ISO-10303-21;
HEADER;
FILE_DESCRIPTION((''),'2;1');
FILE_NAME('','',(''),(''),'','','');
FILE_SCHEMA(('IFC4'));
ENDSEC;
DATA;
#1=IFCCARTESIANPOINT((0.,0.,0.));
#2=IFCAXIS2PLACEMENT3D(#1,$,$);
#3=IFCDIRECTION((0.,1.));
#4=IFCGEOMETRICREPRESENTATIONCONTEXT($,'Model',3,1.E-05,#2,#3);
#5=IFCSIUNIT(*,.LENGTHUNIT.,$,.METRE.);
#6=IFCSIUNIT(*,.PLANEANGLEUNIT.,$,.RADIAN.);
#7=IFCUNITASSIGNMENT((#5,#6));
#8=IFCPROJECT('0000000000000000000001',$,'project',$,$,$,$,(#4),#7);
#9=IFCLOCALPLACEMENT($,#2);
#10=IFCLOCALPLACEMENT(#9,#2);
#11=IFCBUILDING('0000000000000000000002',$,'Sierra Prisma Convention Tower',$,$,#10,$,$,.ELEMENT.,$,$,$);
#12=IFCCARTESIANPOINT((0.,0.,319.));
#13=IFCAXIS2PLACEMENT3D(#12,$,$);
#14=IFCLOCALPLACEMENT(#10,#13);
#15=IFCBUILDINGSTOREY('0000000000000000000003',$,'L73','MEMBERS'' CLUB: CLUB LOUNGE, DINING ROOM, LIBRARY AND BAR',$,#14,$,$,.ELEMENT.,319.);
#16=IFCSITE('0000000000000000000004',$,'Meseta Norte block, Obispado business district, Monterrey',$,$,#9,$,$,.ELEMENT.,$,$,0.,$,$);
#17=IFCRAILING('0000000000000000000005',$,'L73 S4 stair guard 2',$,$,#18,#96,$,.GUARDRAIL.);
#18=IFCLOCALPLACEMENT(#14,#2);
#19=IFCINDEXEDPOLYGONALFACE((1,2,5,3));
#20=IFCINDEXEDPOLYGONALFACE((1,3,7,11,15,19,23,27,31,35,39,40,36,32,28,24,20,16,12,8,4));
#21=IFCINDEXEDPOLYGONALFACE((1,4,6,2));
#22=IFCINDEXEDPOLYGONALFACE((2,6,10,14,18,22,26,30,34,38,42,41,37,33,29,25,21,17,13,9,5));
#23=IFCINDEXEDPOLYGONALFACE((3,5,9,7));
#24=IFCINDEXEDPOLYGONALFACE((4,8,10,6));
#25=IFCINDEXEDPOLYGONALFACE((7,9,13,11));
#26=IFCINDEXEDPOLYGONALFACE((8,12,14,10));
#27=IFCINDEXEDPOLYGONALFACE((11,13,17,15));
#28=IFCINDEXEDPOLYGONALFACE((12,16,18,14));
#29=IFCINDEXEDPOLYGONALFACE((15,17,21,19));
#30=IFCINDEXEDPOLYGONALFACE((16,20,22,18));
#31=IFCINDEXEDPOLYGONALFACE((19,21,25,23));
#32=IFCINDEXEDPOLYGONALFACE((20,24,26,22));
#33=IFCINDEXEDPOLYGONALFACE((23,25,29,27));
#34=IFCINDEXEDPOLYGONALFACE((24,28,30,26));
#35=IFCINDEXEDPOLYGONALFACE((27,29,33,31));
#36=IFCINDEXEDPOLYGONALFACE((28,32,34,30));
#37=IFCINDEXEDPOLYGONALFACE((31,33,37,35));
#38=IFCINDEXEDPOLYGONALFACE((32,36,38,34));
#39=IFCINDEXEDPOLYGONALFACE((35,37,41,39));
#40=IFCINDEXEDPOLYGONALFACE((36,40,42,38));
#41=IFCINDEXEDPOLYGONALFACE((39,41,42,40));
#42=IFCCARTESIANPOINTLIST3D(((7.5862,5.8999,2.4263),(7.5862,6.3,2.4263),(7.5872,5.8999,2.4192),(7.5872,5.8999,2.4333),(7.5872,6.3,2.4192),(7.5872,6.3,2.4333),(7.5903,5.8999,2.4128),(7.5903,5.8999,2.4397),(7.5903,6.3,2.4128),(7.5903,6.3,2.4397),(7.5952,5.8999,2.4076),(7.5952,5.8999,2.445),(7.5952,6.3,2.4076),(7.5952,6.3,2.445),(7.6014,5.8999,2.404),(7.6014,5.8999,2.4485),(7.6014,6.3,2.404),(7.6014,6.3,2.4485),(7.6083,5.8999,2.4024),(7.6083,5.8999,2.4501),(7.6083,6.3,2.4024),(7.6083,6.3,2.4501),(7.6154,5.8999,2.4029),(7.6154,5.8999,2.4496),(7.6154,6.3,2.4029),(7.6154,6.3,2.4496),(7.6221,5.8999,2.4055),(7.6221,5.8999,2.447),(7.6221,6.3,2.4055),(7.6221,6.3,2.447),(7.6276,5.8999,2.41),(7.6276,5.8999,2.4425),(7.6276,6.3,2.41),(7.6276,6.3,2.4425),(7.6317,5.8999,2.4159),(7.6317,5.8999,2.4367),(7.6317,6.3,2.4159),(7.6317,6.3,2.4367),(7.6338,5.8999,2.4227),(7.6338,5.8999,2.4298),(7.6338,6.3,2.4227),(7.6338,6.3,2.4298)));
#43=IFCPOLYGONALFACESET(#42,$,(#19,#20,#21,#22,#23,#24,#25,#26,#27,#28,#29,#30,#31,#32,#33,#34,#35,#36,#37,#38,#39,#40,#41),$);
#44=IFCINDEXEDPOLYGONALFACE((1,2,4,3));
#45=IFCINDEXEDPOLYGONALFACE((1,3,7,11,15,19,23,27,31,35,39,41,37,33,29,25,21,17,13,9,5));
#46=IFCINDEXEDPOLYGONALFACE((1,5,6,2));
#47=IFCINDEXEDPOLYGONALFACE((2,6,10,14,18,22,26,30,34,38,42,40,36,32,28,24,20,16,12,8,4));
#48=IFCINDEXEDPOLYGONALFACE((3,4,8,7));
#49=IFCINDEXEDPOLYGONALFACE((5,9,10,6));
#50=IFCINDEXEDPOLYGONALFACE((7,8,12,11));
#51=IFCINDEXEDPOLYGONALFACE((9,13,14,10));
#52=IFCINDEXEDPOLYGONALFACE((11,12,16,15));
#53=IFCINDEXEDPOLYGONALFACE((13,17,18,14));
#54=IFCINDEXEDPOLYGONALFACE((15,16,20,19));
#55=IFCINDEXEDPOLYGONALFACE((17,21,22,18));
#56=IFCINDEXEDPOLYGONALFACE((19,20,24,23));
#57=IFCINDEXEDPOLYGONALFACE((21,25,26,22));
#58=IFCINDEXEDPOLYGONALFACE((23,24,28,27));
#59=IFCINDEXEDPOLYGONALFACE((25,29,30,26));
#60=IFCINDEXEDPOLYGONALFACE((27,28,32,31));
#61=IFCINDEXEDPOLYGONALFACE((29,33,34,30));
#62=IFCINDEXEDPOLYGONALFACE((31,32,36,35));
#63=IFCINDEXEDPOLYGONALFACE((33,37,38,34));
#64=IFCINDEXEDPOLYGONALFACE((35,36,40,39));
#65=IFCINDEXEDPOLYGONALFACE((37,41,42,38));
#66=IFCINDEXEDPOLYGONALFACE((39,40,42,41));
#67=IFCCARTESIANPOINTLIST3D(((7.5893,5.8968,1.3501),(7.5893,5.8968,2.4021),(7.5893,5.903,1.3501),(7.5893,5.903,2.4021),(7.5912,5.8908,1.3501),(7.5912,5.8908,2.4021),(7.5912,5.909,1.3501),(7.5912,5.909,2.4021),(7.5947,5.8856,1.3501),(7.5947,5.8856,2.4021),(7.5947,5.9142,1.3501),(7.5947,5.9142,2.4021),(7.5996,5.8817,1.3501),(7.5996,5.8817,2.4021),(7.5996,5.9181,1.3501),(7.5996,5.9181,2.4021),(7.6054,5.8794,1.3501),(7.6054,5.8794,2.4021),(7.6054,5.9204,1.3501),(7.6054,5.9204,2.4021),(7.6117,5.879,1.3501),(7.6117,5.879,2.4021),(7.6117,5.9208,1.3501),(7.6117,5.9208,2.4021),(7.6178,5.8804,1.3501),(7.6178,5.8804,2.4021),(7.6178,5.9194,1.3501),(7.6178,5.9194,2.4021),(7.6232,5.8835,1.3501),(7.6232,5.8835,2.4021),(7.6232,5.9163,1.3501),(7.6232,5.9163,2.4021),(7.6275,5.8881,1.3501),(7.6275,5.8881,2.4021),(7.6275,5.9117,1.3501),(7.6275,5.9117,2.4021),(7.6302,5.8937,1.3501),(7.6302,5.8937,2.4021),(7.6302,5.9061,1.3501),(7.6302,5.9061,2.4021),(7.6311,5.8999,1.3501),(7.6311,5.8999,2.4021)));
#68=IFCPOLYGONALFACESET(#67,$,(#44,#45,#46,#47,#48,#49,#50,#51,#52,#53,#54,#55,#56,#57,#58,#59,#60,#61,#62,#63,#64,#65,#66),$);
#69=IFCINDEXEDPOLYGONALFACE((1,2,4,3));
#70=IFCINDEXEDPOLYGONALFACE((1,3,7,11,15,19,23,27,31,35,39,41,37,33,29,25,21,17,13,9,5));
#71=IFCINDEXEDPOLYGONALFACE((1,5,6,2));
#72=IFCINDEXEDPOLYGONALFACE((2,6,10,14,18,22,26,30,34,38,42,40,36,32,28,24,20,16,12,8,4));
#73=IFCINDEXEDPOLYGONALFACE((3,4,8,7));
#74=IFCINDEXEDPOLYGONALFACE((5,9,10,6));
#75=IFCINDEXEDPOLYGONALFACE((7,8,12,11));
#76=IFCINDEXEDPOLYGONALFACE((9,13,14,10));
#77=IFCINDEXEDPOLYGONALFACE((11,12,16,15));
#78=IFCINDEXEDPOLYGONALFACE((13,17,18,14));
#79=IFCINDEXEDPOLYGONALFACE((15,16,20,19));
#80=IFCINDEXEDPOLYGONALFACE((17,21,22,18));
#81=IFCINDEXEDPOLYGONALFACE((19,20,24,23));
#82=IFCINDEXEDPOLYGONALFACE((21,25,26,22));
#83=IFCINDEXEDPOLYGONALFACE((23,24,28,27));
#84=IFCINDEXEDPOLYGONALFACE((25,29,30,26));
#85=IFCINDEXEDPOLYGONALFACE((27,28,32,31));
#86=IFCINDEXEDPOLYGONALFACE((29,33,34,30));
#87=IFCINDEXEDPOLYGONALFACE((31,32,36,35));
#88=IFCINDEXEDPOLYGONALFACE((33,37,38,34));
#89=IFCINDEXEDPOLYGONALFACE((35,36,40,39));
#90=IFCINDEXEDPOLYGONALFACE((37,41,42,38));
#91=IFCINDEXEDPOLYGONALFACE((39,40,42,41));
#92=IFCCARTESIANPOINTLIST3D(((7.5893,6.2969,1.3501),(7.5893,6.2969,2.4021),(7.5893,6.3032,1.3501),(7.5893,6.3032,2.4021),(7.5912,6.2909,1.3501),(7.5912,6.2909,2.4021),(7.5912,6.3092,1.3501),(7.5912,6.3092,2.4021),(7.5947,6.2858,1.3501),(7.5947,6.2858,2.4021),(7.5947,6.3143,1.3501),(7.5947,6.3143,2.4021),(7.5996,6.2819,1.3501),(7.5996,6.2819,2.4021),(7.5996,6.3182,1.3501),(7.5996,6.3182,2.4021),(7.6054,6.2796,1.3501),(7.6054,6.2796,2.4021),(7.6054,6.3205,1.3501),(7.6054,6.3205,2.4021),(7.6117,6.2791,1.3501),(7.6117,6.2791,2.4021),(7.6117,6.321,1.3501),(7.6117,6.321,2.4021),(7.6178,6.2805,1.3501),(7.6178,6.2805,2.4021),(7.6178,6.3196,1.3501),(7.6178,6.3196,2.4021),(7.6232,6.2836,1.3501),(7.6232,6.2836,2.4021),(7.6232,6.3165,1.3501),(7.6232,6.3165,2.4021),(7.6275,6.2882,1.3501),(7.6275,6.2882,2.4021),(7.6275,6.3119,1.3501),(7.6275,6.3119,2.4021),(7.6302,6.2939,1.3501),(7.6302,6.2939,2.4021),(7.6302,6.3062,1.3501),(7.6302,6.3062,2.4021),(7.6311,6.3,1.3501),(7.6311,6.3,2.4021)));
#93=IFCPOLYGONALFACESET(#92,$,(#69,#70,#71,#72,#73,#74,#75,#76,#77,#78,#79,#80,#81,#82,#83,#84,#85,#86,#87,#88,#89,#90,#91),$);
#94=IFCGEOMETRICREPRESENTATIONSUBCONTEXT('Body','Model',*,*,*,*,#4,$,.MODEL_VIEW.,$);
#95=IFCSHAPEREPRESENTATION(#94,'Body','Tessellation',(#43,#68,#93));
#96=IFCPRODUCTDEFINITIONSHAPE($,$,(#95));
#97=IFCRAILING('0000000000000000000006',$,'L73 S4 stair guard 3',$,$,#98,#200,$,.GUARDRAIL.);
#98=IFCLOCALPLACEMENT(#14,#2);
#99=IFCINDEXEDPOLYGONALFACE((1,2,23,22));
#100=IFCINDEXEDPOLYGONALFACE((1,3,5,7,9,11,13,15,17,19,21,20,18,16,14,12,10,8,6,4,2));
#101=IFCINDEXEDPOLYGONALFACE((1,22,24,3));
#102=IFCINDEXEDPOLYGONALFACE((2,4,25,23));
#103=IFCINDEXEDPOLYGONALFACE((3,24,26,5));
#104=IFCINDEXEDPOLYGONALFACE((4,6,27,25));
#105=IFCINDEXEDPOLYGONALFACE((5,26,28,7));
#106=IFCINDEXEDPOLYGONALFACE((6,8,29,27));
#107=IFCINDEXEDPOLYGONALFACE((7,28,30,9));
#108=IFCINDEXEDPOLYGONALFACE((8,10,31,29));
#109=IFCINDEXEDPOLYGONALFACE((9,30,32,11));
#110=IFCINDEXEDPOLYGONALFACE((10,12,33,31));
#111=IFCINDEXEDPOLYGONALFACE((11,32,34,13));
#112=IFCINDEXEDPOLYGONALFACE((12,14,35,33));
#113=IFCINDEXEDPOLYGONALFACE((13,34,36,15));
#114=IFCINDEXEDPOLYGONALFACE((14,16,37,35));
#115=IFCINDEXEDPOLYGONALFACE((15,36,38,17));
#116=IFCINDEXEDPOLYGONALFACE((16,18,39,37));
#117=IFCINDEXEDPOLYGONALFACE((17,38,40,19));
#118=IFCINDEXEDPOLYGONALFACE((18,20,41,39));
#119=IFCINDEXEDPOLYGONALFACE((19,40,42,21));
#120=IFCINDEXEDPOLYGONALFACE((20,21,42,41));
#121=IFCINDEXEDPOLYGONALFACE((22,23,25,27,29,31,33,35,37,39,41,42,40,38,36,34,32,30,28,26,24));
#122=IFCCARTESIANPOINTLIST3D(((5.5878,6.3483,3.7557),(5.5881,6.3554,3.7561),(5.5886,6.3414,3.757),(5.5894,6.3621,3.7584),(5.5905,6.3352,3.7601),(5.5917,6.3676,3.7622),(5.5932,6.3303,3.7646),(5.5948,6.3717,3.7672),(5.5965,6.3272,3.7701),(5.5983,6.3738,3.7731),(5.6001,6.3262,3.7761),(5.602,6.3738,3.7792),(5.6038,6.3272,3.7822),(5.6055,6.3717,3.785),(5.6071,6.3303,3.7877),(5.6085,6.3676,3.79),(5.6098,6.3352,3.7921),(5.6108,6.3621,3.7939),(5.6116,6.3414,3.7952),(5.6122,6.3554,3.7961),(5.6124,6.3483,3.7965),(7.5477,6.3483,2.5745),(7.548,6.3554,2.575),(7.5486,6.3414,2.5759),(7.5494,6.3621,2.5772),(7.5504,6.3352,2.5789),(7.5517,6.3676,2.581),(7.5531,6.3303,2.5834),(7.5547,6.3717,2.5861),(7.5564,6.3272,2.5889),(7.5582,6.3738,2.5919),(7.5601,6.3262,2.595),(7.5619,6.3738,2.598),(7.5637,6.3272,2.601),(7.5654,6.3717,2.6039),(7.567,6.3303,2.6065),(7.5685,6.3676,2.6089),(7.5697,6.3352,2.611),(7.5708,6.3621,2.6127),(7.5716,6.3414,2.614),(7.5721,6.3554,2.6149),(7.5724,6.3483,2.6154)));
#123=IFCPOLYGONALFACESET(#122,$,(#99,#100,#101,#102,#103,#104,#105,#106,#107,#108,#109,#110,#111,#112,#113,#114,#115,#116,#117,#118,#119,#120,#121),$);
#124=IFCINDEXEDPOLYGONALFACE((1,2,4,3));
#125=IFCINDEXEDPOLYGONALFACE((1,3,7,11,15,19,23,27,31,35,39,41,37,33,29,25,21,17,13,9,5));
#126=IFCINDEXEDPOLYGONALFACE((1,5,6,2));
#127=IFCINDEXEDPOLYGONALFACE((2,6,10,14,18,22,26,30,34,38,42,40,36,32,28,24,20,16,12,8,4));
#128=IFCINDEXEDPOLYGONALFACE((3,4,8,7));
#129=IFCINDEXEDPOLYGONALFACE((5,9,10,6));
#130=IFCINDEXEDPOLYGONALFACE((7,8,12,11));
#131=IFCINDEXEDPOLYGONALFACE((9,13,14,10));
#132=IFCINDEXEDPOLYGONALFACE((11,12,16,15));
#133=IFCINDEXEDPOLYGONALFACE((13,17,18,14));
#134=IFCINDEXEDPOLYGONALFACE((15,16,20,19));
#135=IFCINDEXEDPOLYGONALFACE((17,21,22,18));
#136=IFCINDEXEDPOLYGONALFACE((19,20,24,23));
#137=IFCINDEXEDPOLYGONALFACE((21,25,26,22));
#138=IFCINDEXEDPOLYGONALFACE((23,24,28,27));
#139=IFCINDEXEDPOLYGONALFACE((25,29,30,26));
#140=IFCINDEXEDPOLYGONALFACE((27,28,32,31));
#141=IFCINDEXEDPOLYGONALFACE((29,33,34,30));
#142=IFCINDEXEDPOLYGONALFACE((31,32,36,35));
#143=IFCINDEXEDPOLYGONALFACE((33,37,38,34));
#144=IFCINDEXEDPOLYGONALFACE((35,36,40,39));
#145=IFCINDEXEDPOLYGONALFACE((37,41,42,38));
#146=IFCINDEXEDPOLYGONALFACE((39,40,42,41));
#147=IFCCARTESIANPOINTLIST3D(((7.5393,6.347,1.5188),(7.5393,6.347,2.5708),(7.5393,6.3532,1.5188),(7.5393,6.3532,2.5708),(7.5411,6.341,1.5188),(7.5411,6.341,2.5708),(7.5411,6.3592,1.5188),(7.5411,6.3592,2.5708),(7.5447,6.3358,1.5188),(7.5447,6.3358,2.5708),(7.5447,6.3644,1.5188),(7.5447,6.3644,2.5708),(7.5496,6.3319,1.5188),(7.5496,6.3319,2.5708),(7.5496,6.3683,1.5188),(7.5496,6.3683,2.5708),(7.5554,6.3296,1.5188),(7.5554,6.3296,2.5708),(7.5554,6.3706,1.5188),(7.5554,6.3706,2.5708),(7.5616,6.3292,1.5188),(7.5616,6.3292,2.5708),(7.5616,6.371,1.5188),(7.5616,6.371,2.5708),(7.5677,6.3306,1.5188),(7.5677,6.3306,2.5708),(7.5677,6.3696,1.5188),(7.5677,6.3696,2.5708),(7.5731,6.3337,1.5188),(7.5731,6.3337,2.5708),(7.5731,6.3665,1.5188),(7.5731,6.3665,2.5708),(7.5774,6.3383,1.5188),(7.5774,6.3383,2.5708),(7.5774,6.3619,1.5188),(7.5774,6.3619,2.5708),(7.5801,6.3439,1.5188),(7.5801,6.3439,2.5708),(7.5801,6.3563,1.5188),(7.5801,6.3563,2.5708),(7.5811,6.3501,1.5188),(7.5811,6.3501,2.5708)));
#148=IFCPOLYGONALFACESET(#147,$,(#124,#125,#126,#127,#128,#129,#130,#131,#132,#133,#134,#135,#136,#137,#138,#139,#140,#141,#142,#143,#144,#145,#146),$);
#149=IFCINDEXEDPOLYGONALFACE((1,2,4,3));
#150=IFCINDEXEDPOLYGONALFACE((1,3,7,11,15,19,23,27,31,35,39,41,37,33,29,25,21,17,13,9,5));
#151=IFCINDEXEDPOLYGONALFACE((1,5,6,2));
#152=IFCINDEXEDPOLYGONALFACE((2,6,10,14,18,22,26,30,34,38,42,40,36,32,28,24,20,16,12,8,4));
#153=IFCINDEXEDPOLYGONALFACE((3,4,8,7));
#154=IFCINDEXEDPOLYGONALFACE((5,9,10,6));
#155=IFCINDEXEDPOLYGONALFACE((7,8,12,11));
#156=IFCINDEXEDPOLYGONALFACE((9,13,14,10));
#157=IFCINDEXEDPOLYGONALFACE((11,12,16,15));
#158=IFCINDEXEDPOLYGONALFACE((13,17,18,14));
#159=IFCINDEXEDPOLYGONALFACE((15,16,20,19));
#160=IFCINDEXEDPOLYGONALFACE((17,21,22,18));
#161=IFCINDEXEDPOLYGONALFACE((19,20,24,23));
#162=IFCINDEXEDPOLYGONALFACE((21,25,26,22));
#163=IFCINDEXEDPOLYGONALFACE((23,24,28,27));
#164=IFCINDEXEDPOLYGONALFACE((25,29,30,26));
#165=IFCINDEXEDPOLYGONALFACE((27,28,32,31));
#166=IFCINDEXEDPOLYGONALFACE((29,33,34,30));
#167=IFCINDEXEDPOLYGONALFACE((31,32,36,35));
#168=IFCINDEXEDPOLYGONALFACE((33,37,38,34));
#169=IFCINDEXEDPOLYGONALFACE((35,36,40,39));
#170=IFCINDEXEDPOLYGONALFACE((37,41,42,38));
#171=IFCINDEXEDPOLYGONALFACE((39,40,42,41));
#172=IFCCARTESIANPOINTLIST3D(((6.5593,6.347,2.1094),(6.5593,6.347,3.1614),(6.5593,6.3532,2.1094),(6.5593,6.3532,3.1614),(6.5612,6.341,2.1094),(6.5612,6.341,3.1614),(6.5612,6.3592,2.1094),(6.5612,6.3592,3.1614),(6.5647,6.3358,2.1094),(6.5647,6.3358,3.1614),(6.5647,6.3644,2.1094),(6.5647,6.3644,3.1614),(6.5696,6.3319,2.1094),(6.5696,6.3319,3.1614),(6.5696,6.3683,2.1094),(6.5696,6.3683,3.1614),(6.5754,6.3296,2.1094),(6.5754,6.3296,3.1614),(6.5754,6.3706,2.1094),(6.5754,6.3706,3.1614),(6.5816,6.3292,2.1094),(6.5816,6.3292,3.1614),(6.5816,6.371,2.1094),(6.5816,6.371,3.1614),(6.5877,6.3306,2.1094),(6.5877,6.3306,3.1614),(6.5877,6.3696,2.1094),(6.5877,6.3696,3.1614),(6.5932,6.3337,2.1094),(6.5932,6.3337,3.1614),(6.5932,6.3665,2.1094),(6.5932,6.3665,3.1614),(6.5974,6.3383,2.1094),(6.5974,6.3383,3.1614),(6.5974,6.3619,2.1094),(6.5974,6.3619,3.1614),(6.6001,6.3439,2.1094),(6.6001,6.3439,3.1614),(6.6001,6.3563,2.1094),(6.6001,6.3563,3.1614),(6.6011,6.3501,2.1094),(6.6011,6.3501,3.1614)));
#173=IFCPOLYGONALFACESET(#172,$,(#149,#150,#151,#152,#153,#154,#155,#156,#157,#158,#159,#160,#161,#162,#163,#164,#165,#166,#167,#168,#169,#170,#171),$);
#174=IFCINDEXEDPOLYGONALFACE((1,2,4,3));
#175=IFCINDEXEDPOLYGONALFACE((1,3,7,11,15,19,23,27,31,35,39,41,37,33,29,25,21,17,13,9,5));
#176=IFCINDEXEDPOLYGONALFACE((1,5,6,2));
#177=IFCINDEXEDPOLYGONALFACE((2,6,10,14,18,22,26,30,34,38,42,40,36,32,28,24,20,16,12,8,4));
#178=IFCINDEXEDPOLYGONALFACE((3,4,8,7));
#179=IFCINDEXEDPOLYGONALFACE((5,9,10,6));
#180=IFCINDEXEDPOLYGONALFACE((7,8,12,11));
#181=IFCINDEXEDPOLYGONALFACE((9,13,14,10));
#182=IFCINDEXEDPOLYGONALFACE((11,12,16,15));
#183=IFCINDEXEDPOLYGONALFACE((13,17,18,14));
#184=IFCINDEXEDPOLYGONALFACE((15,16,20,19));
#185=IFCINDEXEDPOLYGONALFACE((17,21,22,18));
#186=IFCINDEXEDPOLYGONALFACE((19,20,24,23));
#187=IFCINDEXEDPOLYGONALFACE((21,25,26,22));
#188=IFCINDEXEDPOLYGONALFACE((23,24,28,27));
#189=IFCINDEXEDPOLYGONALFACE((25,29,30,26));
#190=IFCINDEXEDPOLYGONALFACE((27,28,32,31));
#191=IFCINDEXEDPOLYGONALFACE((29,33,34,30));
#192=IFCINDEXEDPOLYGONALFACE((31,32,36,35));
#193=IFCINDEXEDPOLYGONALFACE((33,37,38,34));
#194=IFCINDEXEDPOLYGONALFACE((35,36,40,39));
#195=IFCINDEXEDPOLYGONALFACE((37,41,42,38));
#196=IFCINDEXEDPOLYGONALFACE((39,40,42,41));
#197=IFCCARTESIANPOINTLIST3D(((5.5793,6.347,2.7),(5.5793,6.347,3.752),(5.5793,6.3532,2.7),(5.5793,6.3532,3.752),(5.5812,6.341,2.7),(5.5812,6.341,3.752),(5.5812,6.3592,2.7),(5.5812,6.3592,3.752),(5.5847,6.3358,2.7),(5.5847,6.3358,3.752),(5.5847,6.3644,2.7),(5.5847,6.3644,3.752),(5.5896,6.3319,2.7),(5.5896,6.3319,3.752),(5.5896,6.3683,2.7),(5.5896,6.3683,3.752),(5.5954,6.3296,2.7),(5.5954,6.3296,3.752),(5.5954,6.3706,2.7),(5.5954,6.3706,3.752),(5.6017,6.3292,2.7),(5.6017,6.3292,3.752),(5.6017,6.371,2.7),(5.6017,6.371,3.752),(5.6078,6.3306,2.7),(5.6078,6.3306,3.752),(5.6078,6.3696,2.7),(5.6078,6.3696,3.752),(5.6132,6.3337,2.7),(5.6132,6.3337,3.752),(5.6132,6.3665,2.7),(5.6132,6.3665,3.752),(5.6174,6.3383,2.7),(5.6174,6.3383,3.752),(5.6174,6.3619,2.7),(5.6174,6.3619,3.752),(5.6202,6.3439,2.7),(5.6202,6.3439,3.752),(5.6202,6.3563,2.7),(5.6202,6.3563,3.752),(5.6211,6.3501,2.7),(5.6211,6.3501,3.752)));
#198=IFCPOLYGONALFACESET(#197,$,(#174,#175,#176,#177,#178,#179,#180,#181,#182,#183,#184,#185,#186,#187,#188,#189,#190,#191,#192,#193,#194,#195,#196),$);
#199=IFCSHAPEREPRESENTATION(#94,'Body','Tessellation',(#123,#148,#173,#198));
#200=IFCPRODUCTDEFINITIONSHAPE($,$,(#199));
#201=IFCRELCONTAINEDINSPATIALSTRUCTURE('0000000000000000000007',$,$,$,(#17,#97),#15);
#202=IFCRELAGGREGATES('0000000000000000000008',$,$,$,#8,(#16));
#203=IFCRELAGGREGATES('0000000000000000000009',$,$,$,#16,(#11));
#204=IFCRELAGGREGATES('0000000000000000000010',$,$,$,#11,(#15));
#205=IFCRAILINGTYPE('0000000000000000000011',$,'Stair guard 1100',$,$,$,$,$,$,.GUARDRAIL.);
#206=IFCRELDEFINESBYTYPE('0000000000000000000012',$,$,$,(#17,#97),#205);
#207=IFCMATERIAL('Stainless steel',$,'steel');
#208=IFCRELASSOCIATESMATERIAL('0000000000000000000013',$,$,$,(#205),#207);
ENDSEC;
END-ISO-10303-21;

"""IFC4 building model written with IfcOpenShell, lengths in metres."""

from ifc_helpers import new_model, si_unit, direction, frame, origin, origin_2d, place, context, subcontext, project, spatial, circle, extrude, material, type_object, element, save


model = new_model("IFC4")

# Units and contexts
model_context = context("Model", 3, precision=1e-05, world=origin(), true_north=direction((0.0, 1.0)))
body_context = subcontext(model_context, "Body", "Model", "MODEL_VIEW")
ifc_project = project(units=[si_unit("LENGTHUNIT", "METRE"), si_unit("PLANEANGLEUNIT", "RADIAN")], contexts=[model_context])

# Site, building, storey
site_placement = place(None, origin())
site = spatial("IfcSite", under=ifc_project, at=site_placement, Name="Meseta Norte block, Obispado business district, Monterrey", CompositionType="ELEMENT", RefElevation=0.0)
building_placement = place(site_placement, origin())
building = spatial("IfcBuilding", under=site, at=building_placement, Name="Sierra Prisma Convention Tower", CompositionType="ELEMENT")
storey_placement = place(building_placement, frame((0.0, 0.0, 319.0)))
storey = spatial("IfcBuildingStorey", under=building, at=storey_placement, Name="L73", Description="MEMBERS' CLUB: CLUB LOUNGE, DINING ROOM, LIBRARY AND BAR", CompositionType="ELEMENT", Elevation=319.0)

# Railings
ifc_material_1 = material(Name="Stainless steel", Category="steel")
railing_type = type_object("IfcRailingType", Name="Stair guard 1100", PredefinedType="GUARDRAIL", material=ifc_material_1)
railing_1_placement = place(storey_placement, frame((7.6101, 5.8999, 1.3501)))
element("IfcRailing", 1, at=railing_1_placement, inside=storey, type_object=railing_type, Name="L73 S4 stair guard 2", PredefinedType="GUARDRAIL", context=body_context, shape_type="SweptSolid", body=[
    extrude(circle(Radius=0.0239, at=origin_2d()), frame((0.0, 0.0, 1.0762), z_axis=(0.0, 1.0, 0.0), x_axis=(-1.0, 0.0, 0.0)), (0.0, 0.0, 1.0), 0.4001),
    extrude(circle(Radius=0.021, at=origin_2d()), origin(), (0.0, 0.0, 1.0), 1.052),
    extrude(circle(Radius=0.021, at=origin_2d()), frame((0.0, 0.4001, 0.0)), (0.0, 0.0, 1.0), 1.052),
])
railing_2_placement = place(storey_placement, frame((7.5601, 6.3501, 1.5188)))
element("IfcRailing", 2, at=railing_2_placement, inside=storey, type_object=railing_type, Name="L73 S4 stair guard 3", PredefinedType="GUARDRAIL", context=body_context, shape_type="SweptSolid", body=[
    extrude(circle(Radius=0.0239, at=origin_2d()), frame((0.0, 0.0, 1.0762), z_axis=(-0.856493, 0.0, 0.516158), x_axis=(0.0, -1.0, 0.0)), (0.0, 0.0, 1.0), 2.2883),
    extrude(circle(Radius=0.021, at=origin_2d()), origin(), (0.0, 0.0, 1.0), 1.052),
    extrude(circle(Radius=0.021, at=origin_2d()), frame((-0.98, 0.0, 0.5906)), (0.0, 0.0, 1.0), 1.052),
    extrude(circle(Radius=0.021, at=origin_2d()), frame((-1.96, 0.0, 1.1812)), (0.0, 0.0, 1.0), 1.052),
])

save(model, "model.ifc")
